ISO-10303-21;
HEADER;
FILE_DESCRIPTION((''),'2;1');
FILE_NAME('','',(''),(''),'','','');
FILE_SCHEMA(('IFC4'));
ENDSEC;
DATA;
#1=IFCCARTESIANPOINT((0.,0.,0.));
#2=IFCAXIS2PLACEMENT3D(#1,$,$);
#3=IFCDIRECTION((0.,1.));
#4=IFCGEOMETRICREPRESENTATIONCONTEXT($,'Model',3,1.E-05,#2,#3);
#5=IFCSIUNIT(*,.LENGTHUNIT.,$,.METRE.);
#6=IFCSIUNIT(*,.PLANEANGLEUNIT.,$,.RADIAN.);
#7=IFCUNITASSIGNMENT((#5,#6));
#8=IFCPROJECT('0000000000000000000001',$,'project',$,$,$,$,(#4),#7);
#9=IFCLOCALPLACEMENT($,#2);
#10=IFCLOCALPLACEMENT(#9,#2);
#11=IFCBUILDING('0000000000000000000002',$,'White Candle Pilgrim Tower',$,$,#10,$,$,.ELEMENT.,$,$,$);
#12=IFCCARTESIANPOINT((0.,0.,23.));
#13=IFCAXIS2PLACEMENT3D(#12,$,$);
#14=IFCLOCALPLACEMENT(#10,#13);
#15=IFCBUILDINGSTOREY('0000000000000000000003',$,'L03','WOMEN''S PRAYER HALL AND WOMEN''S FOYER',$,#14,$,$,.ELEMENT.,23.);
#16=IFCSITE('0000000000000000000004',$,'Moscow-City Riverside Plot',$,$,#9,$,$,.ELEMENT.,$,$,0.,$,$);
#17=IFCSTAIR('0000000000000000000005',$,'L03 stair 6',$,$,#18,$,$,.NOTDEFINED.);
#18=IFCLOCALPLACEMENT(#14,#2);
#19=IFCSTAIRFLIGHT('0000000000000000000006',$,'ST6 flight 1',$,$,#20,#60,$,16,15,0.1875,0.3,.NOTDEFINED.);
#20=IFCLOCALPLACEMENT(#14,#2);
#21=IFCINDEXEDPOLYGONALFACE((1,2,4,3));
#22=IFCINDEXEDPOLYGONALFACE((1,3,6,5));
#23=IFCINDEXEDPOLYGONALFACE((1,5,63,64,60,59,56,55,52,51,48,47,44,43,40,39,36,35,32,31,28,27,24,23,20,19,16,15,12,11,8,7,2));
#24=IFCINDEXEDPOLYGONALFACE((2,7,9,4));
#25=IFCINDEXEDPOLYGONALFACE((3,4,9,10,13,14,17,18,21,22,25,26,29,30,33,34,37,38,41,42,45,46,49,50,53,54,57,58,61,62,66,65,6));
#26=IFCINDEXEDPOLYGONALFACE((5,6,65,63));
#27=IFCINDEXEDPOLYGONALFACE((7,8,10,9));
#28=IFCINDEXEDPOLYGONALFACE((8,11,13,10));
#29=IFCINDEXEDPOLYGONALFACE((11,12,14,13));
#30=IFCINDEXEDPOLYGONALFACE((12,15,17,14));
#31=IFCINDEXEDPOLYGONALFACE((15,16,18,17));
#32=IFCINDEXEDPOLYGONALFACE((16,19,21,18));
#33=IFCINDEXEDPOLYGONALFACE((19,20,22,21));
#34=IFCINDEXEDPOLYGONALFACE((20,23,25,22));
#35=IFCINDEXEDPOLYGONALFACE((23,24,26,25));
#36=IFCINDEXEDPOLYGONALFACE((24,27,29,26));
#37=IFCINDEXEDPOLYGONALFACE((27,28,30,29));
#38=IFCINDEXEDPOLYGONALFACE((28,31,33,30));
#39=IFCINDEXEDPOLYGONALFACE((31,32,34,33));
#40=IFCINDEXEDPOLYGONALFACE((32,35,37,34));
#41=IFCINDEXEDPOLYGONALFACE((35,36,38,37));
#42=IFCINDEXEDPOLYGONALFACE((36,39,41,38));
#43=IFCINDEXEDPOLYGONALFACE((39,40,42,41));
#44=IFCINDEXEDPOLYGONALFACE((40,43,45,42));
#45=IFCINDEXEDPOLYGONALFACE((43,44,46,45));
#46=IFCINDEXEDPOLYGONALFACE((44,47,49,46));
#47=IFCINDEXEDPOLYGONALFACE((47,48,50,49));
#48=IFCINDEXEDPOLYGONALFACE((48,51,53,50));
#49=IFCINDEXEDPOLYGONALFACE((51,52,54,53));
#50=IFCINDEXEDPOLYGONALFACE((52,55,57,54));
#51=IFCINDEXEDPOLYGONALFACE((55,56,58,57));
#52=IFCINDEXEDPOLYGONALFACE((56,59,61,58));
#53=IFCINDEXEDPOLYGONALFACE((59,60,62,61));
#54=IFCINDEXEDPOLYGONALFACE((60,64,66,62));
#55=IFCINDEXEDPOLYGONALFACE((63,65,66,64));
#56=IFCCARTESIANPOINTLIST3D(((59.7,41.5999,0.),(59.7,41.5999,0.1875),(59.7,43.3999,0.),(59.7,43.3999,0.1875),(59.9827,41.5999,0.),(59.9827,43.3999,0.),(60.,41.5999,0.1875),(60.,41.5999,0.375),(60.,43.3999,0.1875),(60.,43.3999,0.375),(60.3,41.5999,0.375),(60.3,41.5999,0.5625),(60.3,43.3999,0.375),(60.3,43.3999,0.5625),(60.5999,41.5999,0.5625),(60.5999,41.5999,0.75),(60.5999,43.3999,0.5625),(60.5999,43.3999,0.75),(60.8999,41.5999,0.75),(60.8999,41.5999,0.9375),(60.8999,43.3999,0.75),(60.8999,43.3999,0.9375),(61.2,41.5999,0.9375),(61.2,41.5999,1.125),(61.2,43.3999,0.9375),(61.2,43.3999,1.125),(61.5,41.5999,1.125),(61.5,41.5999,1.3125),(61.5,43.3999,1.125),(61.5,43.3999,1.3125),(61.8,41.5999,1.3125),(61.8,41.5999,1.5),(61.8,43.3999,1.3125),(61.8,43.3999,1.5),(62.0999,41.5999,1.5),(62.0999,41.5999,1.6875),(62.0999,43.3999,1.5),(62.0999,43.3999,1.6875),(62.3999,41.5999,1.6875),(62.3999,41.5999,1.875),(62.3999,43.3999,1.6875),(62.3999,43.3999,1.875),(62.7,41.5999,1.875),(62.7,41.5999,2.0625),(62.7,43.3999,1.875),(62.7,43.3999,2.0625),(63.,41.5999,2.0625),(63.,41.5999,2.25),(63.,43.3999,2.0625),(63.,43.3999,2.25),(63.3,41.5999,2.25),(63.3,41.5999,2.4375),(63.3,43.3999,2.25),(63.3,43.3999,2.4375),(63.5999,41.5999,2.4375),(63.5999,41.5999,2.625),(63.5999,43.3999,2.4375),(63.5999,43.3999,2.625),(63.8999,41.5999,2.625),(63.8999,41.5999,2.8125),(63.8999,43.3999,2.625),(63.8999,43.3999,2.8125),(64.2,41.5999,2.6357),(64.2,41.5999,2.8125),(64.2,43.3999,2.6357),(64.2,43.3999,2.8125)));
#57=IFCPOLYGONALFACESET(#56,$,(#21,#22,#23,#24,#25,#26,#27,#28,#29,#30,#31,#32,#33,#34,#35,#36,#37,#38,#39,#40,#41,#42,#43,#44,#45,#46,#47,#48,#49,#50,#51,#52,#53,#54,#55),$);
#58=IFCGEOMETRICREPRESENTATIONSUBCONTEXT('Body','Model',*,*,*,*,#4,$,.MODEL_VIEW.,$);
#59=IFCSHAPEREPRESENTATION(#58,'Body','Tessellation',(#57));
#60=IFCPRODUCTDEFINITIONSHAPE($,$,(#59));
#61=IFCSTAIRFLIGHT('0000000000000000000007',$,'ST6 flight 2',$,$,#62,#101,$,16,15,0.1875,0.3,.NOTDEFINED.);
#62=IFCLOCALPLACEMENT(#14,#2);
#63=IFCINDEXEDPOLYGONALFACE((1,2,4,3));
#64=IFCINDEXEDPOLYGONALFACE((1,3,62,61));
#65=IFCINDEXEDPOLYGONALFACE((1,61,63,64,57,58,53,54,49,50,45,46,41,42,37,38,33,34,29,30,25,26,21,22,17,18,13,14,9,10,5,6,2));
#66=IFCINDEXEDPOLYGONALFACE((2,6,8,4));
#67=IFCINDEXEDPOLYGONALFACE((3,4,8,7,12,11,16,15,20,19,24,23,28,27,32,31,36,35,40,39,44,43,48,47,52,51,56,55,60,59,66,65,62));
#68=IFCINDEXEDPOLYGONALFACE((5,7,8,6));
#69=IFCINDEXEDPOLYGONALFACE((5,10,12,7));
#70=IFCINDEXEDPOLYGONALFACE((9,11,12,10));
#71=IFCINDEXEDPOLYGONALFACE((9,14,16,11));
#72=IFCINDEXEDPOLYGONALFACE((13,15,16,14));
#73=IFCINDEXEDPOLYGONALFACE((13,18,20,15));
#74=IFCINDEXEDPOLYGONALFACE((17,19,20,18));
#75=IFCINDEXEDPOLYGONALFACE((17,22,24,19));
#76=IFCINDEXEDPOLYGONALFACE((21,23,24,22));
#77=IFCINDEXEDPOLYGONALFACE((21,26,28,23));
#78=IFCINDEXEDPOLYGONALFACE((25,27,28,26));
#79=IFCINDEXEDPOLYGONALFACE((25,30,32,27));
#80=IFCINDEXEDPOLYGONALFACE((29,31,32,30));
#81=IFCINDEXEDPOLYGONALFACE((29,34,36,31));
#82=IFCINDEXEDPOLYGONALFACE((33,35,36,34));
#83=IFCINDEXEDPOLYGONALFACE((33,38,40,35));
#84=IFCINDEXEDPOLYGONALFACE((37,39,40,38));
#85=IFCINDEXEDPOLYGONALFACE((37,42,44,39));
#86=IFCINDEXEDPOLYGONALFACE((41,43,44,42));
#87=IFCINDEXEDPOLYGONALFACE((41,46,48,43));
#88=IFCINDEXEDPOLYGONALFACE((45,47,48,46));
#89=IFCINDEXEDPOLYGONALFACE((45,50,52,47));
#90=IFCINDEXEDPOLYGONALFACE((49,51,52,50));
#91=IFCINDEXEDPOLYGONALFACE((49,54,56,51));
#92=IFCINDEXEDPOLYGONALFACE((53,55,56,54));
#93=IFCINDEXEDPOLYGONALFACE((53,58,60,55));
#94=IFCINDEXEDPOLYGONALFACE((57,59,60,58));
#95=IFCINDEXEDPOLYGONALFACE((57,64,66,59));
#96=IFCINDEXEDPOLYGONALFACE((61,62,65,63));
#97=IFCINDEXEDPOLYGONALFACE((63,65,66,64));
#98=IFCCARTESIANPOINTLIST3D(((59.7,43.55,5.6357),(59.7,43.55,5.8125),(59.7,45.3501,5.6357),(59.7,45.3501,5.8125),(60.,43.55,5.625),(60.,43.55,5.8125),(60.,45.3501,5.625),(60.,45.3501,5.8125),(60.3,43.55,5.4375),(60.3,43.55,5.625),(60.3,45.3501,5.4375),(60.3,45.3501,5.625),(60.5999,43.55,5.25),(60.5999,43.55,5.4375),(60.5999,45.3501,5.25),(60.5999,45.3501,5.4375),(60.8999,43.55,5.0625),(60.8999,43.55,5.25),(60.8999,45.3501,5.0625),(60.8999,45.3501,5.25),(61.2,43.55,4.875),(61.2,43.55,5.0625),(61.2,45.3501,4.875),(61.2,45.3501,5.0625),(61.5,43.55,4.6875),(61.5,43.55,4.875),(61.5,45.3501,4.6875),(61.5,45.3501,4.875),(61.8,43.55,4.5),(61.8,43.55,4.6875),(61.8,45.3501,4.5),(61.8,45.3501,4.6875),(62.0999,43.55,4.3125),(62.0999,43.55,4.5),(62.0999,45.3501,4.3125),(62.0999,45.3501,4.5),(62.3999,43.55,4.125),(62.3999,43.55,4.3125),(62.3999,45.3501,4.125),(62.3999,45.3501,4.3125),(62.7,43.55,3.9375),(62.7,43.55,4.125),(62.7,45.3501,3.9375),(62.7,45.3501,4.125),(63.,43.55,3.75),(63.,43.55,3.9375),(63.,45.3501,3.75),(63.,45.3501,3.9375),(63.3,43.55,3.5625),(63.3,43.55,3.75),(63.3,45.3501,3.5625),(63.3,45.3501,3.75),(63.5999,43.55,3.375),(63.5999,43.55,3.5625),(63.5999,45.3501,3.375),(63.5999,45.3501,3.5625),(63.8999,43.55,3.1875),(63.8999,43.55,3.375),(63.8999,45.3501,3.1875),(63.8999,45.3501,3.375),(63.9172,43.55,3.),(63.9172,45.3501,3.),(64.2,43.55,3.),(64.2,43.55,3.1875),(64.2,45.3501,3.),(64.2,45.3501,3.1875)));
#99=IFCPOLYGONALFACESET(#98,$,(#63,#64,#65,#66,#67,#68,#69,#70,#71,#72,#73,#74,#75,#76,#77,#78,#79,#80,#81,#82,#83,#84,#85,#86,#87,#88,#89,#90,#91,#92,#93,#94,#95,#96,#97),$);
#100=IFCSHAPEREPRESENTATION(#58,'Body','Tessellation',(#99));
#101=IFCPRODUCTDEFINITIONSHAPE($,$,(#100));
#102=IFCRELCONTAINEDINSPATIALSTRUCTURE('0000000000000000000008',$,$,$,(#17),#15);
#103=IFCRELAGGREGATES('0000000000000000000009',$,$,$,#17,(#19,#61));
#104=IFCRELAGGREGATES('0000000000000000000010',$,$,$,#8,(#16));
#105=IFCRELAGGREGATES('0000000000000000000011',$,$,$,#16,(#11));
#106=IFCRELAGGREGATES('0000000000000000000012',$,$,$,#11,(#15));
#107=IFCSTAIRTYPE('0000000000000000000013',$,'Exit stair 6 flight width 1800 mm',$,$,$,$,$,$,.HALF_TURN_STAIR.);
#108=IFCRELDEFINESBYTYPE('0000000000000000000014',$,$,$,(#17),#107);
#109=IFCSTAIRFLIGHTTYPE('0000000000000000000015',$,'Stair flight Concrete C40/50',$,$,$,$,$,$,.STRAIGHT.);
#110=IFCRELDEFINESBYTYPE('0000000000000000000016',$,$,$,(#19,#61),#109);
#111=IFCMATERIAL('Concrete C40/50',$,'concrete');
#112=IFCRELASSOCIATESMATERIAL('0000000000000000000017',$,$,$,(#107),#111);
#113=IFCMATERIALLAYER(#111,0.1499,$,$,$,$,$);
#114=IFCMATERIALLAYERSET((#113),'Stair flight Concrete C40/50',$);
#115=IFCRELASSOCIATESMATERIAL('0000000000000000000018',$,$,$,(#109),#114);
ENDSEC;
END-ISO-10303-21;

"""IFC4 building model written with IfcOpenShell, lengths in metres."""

from ifc_helpers import new_model, si_unit, direction, frame, origin, place, context, subcontext, project, spatial, polyline, outline, extrude, material, layer, layer_set, type_object, element, aggregate, save


model = new_model("IFC4")

# Units and contexts
model_context = context("Model", 3, precision=1e-05, world=origin(), true_north=direction((0.0, 1.0)))
body_context = subcontext(model_context, "Body", "Model", "MODEL_VIEW")
ifc_project = project(units=[si_unit("LENGTHUNIT", "METRE"), si_unit("PLANEANGLEUNIT", "RADIAN")], contexts=[model_context])

# Site, building, storey
site_placement = place(None, origin())
site = spatial("IfcSite", under=ifc_project, at=site_placement, Name="Moscow-City Riverside Plot", CompositionType="ELEMENT", RefElevation=0.0)
building_placement = place(site_placement, origin())
building = spatial("IfcBuilding", under=site, at=building_placement, Name="White Candle Pilgrim Tower", CompositionType="ELEMENT")
storey_placement = place(building_placement, frame((0.0, 0.0, 23.0)))
storey = spatial("IfcBuildingStorey", under=building, at=storey_placement, Name="L03", Description="WOMEN'S PRAYER HALL AND WOMEN'S FOYER", CompositionType="ELEMENT", Elevation=23.0)

# Stair, stair flights
ifc_material_1 = material(Name="Concrete C40/50", Category="concrete")
stair_type = type_object("IfcStairType", Name="Exit stair 6 flight width 1800 mm", PredefinedType="HALF_TURN_STAIR", material=ifc_material_1)
stair_placement = place(storey_placement, origin())
stair = element("IfcStair", 1, at=stair_placement, inside=storey, type_object=stair_type, Name="L03 stair 6", PredefinedType="NOTDEFINED")
ifc_layer_1 = layer(ifc_material_1, 0.1499)
ifc_layer_set_1 = layer_set([ifc_layer_1], Name="Stair flight Concrete C40/50")
stair_flight_type = type_object("IfcStairFlightType", Name="Stair flight Concrete C40/50", PredefinedType="STRAIGHT", material=ifc_layer_set_1)
stair_flight_1_placement = place(storey_placement, frame((59.7, 42.5, 0.0), z_axis=(0.0, 0.0, 1.0), x_axis=(1.0, 0.0, 0.0)))
stair_flight_1 = element("IfcStairFlight", 2, at=stair_flight_1_placement, type_object=stair_flight_type, Name="ST6 flight 1", NumberOfRisers=16, NumberOfTreads=15, PredefinedType="NOTDEFINED", RiserHeight=0.1875, TreadLength=0.3, context=body_context, shape_type="SweptSolid", body=[
    extrude(outline(polyline([(0.0, 0.0), (0.0, 0.1875), (0.3, 0.1875), (0.3, 0.375), (0.6001, 0.375), (0.6001, 0.5625), (0.8999, 0.5625), (0.8999, 0.75), (1.2, 0.75), (1.2, 0.9375), (1.5, 0.9375), (1.5, 1.125), (1.8, 1.125), (1.8, 1.3125), (2.1001, 1.3125), (2.1001, 1.5), (2.3999, 1.5), (2.3999, 1.6875), (2.7, 1.6875), (2.7, 1.875), (3.0, 1.875), (3.0, 2.0625), (3.3, 2.0625), (3.3, 2.25), (3.6001, 2.25), (3.6001, 2.4375), (3.8999, 2.4375), (3.8999, 2.625), (4.2, 2.625), (4.2, 2.8125), (4.5, 2.8125), (4.5, 3.0), (4.5, 2.6357), (0.2827, 0.0), (0.0, 0.0)])), frame((0.0, 0.8999, 0.0), z_axis=(0.0, -1.0, 0.0), x_axis=(1.0, 0.0, 0.0)), (0.0, 0.0, 1.0), 1.8),
])
stair_flight_2_placement = place(storey_placement, frame((64.2, 44.45, 3.0), z_axis=(0.0, 0.0, 1.0), x_axis=(-1.0, 0.0, 0.0)))
stair_flight_2 = element("IfcStairFlight", 3, at=stair_flight_2_placement, type_object=stair_flight_type, Name="ST6 flight 2", NumberOfRisers=16, NumberOfTreads=15, PredefinedType="NOTDEFINED", RiserHeight=0.1875, TreadLength=0.3, context=body_context, shape_type="SweptSolid", body=[
    extrude(outline(polyline([(0.0, 0.0), (0.0, 0.1875), (0.3, 0.1875), (0.3, 0.375), (0.6001, 0.375), (0.6001, 0.5625), (0.8999, 0.5625), (0.8999, 0.75), (1.2, 0.75), (1.2, 0.9375), (1.5, 0.9375), (1.5, 1.125), (1.8, 1.125), (1.8, 1.3125), (2.1001, 1.3125), (2.1001, 1.5), (2.3999, 1.5), (2.3999, 1.6875), (2.7, 1.6875), (2.7, 1.875), (3.0, 1.875), (3.0, 2.0625), (3.3, 2.0625), (3.3, 2.25), (3.6001, 2.25), (3.6001, 2.4375), (3.8999, 2.4375), (3.8999, 2.625), (4.2, 2.625), (4.2, 2.8125), (4.5, 2.8125), (4.5, 3.0), (4.5, 2.6357), (0.2827, 0.0), (0.0, 0.0)])), frame((0.0, 0.8999, 0.0), z_axis=(0.0, -1.0, 0.0), x_axis=(1.0, 0.0, 0.0)), (0.0, 0.0, 1.0), 1.8),
])
aggregate(stair, [stair_flight_1, stair_flight_2])

save(model, "model.ifc")
